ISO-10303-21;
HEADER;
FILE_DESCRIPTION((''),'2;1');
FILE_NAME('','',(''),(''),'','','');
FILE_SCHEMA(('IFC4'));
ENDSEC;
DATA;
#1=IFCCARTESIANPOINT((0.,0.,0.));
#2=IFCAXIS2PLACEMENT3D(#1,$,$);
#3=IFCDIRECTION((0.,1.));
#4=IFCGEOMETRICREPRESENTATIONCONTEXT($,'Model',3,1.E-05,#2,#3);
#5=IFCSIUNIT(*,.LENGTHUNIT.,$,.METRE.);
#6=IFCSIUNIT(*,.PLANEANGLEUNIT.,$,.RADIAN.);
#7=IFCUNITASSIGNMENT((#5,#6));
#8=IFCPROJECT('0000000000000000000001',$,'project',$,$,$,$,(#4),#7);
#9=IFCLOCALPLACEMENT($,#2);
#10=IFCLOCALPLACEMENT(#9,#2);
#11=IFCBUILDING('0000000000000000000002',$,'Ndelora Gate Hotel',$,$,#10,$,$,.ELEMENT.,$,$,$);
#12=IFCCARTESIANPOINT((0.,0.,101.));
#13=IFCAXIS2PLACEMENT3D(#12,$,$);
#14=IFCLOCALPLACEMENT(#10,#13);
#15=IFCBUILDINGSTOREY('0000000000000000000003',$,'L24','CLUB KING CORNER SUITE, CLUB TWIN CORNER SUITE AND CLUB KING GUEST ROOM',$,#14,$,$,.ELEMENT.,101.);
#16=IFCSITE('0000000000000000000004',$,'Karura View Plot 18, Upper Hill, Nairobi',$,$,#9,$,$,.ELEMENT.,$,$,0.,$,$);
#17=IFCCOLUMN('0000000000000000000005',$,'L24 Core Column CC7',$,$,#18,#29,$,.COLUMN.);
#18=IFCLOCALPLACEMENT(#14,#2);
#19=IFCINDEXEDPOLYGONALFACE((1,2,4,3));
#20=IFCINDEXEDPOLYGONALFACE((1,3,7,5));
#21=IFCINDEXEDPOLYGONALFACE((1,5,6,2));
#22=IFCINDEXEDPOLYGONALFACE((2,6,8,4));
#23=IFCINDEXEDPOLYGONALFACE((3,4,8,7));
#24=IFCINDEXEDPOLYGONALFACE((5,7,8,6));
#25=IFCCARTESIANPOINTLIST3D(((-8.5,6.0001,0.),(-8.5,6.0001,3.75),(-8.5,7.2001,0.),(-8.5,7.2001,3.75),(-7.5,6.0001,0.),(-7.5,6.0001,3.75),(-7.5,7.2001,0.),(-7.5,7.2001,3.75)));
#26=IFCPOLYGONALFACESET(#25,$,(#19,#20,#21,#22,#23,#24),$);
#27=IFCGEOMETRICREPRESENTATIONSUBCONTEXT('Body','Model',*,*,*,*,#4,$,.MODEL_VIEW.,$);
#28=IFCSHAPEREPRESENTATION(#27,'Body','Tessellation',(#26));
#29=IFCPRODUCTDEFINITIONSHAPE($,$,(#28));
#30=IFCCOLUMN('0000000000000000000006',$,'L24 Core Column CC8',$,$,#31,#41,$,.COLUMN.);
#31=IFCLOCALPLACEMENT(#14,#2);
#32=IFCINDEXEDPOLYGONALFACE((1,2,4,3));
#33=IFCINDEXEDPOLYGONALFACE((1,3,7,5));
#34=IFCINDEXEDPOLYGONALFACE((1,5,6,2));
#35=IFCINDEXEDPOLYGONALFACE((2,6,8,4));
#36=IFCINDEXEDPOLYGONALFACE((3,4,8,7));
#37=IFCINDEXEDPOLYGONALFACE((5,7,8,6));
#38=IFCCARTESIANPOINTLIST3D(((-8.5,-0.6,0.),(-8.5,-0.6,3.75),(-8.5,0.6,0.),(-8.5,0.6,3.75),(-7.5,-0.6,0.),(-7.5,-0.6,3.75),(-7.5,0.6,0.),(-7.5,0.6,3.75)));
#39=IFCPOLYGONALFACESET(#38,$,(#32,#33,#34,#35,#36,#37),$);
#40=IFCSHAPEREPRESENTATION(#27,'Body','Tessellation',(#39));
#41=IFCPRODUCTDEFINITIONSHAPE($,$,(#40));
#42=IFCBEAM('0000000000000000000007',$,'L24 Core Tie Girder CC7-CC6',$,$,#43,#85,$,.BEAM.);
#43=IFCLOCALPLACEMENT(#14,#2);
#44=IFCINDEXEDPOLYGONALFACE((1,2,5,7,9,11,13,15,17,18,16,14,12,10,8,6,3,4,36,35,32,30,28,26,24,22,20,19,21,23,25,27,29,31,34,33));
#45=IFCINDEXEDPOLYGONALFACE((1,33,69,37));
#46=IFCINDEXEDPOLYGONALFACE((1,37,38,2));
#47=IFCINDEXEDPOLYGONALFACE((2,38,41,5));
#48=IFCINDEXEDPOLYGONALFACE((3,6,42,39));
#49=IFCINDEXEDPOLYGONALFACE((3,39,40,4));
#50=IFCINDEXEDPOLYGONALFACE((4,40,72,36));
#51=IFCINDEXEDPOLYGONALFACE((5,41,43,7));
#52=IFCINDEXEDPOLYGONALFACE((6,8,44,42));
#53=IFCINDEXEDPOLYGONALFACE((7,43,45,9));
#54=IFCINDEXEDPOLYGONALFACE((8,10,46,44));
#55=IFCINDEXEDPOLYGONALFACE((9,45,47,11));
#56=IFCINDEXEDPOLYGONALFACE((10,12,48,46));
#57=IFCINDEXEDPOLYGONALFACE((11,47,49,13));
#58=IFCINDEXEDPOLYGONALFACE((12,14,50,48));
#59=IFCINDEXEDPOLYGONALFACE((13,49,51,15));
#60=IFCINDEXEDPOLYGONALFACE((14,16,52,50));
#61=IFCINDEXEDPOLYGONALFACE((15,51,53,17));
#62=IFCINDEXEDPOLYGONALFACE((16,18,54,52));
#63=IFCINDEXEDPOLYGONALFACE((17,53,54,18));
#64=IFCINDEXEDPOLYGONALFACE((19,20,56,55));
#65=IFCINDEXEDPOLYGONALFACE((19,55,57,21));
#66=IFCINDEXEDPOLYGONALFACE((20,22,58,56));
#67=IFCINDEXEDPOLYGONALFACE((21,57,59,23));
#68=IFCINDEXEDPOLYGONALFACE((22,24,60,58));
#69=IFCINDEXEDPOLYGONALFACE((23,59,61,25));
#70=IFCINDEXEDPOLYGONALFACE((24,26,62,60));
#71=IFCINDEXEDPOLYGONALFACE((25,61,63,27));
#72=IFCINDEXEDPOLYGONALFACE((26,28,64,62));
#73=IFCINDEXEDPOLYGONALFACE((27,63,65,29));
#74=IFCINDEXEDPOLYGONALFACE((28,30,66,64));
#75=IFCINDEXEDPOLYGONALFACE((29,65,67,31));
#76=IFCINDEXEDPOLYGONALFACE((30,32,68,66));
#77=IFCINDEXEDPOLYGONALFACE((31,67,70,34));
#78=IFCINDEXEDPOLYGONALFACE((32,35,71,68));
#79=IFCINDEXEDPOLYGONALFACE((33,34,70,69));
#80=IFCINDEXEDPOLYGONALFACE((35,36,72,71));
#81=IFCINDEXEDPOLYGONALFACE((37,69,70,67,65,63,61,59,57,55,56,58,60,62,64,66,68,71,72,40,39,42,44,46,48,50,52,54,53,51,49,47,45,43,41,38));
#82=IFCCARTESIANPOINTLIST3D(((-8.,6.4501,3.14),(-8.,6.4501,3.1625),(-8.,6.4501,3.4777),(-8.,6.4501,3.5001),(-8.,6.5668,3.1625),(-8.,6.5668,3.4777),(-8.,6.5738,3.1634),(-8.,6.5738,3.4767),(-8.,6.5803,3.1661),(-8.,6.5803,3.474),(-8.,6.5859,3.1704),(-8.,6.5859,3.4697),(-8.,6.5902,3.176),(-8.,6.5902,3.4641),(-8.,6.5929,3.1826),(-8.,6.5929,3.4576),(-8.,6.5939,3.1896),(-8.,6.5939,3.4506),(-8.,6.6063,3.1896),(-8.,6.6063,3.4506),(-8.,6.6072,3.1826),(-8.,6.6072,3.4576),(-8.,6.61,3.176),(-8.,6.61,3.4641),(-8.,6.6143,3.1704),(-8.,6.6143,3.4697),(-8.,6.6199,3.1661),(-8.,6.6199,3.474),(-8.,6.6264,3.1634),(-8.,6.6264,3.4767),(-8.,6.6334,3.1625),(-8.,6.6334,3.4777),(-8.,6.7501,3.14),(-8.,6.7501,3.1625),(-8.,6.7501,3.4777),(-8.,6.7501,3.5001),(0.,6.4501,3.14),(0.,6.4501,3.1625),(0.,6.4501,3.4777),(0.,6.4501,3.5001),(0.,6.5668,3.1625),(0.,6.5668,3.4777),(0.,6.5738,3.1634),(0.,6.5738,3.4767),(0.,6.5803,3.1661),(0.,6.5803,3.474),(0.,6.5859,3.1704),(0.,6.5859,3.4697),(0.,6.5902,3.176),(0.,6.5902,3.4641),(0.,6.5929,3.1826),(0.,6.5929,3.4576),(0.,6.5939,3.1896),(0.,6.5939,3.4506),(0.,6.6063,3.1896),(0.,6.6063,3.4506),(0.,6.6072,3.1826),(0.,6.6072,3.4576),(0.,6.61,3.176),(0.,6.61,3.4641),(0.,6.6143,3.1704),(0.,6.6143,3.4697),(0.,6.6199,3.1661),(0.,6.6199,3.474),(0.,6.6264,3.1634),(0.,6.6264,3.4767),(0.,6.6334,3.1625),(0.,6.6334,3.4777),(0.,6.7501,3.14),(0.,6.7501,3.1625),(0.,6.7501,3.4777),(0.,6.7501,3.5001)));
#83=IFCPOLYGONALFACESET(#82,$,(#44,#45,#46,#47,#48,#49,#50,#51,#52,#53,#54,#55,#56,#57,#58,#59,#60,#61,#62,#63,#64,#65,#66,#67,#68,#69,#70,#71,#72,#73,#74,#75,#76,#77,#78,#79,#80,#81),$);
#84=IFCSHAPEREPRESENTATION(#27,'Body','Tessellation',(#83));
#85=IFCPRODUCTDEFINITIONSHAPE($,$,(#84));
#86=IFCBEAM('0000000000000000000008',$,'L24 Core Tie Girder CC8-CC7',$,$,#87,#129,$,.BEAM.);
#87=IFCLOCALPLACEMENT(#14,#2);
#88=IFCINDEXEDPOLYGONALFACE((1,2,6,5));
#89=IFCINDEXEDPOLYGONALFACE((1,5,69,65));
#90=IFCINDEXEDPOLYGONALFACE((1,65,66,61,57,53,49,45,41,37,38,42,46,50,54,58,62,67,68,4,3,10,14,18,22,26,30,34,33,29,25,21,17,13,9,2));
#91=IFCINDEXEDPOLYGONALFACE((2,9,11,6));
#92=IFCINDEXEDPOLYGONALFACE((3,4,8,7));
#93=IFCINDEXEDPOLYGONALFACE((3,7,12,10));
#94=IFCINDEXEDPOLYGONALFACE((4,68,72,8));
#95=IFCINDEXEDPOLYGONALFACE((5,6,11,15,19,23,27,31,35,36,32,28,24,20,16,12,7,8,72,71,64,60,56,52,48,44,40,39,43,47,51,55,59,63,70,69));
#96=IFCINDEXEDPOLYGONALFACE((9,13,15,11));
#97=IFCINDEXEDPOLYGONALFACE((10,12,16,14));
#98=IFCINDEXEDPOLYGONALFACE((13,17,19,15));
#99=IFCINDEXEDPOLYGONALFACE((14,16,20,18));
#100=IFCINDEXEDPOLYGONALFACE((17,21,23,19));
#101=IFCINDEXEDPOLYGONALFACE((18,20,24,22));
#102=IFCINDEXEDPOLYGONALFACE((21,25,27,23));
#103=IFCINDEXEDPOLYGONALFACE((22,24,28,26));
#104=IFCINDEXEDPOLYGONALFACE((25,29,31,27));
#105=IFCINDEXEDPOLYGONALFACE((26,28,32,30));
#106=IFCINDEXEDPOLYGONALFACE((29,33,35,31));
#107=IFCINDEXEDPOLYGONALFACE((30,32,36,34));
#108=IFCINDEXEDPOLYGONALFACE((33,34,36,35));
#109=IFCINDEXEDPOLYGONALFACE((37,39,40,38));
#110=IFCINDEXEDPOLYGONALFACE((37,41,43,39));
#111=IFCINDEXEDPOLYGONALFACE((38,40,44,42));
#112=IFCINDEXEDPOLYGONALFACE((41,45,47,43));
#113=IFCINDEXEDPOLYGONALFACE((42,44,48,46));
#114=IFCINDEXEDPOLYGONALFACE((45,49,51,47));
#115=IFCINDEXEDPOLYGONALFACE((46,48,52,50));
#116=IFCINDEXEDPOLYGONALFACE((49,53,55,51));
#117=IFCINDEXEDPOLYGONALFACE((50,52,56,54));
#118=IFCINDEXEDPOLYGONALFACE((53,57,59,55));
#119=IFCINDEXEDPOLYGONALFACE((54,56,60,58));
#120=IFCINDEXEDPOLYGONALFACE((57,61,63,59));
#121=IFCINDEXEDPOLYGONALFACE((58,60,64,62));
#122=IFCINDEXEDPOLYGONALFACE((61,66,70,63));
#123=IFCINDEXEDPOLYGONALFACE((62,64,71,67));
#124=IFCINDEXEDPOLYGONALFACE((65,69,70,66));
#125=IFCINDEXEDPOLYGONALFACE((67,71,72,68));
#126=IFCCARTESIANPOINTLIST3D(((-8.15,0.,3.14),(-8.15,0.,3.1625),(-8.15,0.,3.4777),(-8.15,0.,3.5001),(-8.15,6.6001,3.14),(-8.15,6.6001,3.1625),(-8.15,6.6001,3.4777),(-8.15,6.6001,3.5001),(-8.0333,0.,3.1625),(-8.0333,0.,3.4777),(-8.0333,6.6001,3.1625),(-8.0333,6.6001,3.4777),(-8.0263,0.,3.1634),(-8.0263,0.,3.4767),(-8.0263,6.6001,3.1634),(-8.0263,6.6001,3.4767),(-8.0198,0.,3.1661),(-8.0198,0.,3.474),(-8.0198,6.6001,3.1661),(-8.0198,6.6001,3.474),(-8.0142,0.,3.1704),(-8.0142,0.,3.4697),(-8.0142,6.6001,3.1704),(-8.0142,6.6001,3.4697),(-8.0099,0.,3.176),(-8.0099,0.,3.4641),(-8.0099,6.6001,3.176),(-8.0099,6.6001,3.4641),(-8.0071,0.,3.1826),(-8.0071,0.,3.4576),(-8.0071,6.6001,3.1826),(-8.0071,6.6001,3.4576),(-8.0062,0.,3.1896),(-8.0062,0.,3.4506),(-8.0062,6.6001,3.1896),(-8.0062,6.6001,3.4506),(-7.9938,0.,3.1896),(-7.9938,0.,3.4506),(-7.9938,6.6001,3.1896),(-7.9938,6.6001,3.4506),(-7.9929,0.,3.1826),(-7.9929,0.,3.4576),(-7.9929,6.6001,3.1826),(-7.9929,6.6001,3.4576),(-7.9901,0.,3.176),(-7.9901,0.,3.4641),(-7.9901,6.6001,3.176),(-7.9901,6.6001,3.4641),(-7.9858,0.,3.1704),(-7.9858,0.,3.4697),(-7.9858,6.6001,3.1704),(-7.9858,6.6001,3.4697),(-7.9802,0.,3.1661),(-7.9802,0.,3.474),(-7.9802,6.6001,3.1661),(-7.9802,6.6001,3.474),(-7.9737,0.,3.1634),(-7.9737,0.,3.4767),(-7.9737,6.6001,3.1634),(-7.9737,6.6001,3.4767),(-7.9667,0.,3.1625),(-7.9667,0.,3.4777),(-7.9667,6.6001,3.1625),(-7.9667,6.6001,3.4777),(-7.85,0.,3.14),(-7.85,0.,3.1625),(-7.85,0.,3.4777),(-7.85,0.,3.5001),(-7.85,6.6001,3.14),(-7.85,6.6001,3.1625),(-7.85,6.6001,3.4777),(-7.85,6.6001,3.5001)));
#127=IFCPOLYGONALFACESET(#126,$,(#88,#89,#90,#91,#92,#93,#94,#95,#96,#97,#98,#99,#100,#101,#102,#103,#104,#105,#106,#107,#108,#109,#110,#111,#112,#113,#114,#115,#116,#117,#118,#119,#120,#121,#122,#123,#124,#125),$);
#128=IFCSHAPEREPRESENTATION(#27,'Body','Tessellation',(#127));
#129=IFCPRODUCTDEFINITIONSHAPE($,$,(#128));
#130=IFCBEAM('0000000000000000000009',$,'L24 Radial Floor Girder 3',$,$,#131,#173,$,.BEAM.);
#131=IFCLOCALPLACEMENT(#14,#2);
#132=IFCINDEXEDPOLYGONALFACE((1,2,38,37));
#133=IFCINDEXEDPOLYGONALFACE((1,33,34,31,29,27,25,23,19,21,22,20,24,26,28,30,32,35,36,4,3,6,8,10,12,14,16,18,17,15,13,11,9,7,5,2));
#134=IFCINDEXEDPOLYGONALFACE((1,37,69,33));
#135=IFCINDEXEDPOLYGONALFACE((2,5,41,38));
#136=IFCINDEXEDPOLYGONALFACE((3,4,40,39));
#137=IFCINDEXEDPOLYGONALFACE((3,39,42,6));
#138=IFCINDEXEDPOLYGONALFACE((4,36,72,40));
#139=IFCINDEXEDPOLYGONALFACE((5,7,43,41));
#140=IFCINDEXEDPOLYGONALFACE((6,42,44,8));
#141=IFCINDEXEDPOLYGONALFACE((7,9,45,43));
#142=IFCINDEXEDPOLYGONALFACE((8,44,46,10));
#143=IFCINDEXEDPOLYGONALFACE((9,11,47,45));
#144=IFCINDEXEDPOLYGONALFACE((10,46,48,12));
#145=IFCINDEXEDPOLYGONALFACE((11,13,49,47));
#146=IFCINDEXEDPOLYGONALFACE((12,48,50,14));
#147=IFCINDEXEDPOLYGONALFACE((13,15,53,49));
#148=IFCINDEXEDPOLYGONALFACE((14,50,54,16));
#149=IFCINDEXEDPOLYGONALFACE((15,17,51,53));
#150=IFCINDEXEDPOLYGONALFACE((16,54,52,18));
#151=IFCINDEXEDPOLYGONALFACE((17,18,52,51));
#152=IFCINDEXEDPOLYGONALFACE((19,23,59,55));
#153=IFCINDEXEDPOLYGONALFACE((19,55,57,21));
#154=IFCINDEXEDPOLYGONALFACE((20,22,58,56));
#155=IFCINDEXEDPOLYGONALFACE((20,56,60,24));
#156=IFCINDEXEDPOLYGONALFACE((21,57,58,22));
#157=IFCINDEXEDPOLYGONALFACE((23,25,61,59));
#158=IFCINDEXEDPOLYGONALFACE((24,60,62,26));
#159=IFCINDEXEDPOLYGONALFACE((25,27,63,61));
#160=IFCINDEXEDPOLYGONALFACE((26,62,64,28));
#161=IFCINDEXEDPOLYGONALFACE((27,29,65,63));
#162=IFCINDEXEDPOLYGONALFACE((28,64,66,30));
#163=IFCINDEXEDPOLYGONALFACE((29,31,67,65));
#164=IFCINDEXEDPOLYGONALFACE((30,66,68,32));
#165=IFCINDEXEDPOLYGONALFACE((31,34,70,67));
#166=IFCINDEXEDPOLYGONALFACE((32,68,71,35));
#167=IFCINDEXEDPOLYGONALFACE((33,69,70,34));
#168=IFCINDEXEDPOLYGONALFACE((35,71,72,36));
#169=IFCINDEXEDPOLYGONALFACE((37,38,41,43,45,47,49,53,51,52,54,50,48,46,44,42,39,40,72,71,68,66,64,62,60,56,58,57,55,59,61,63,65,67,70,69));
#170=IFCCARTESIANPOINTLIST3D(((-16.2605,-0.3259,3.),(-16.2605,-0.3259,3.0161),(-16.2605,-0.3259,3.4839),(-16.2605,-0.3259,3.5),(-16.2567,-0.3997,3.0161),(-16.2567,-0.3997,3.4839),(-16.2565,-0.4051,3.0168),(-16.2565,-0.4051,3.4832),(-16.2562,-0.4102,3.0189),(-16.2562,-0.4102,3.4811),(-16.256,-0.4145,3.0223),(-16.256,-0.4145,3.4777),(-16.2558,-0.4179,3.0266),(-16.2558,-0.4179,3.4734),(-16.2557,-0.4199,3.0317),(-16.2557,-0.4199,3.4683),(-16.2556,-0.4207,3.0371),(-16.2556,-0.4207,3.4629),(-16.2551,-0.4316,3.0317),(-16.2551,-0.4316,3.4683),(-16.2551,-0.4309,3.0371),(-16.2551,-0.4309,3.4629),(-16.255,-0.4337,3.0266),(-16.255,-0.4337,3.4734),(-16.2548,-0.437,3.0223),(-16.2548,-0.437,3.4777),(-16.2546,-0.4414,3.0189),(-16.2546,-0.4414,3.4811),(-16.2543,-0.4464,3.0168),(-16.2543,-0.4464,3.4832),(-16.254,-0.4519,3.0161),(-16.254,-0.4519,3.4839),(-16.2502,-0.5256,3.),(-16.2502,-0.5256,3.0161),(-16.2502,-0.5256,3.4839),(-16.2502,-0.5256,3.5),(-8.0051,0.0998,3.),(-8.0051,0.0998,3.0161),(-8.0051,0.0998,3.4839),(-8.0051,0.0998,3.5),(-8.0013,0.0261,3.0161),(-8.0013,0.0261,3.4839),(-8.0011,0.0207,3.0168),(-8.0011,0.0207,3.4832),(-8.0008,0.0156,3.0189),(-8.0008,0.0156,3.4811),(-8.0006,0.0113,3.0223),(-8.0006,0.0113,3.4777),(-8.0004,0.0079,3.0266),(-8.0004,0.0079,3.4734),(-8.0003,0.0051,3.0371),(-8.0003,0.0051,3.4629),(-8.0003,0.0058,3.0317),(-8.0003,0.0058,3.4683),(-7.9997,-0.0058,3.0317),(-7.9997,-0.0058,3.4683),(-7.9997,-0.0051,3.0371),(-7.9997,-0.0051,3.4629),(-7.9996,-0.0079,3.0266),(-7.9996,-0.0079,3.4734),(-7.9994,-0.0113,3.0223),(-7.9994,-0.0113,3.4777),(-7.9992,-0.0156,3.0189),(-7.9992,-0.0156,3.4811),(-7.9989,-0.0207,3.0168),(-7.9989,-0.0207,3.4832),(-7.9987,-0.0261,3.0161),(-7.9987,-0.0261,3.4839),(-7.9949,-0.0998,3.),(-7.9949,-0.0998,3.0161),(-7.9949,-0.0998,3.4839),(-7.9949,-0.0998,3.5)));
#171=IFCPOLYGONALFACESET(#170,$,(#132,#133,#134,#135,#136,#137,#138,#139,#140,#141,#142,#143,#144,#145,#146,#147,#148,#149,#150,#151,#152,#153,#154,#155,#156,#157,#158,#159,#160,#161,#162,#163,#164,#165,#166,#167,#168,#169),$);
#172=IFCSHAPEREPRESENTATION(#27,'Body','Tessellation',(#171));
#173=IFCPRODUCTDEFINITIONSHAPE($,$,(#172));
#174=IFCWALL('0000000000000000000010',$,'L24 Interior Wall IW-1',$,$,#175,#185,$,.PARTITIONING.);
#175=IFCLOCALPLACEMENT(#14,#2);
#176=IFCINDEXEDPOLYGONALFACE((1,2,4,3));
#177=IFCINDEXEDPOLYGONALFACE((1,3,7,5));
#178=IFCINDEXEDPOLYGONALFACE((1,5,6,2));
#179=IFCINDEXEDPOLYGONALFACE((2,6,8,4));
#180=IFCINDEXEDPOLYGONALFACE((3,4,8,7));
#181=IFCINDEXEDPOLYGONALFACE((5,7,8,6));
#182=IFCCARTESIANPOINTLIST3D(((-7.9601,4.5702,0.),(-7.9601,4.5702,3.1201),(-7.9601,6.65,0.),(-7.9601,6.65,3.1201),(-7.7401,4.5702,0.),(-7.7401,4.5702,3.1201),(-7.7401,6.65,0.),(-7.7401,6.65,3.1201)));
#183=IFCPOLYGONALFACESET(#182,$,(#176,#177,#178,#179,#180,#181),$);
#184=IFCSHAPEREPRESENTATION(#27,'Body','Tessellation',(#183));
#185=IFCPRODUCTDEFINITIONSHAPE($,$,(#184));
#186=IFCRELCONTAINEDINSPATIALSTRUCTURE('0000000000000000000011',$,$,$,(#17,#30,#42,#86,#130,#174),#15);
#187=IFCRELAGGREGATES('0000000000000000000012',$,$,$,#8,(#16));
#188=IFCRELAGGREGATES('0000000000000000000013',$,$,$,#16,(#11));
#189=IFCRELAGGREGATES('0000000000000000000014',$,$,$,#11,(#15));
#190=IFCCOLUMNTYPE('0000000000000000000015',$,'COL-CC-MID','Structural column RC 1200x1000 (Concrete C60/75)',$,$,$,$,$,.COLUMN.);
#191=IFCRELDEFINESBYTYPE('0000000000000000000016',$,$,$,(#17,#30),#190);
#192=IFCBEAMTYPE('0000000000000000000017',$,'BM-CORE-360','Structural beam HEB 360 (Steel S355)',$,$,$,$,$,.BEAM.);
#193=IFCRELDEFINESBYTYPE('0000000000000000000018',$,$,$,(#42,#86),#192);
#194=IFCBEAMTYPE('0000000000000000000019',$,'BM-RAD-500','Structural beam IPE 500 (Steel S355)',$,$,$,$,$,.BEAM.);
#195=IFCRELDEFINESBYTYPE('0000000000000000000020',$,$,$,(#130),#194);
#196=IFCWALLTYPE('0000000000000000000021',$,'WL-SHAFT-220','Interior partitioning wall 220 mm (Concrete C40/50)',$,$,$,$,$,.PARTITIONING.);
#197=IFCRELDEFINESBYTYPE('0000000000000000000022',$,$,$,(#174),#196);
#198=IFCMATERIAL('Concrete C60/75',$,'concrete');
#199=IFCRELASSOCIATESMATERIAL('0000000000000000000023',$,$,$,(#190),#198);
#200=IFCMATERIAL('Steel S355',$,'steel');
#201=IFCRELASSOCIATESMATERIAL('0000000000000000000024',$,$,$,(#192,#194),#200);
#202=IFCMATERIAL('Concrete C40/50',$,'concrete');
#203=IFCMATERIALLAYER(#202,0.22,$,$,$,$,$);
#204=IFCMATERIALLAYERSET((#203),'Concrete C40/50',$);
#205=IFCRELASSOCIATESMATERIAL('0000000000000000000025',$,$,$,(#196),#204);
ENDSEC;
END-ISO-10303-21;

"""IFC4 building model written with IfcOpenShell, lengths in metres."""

from ifc_helpers import new_model, si_unit, direction, frame, frame_2d, origin, origin_2d, place, context, subcontext, project, spatial, rectangle, i_section, extrude, material, layer, layer_set, material_profile, profile_set, type_object, element, save


model = new_model("IFC4")

# Units and contexts
model_context = context("Model", 3, precision=1e-05, world=origin(), true_north=direction((0.0, 1.0)))
body_context = subcontext(model_context, "Body", "Model", "MODEL_VIEW")
ifc_project = project(units=[si_unit("LENGTHUNIT", "METRE"), si_unit("PLANEANGLEUNIT", "RADIAN")], contexts=[model_context])

# Site, building, storey
site_placement = place(None, origin())
site = spatial("IfcSite", under=ifc_project, at=site_placement, Name="Karura View Plot 18, Upper Hill, Nairobi", CompositionType="ELEMENT", RefElevation=0.0)
building_placement = place(site_placement, origin())
building = spatial("IfcBuilding", under=site, at=building_placement, Name="Ndelora Gate Hotel", CompositionType="ELEMENT")
storey_placement = place(building_placement, frame((0.0, 0.0, 101.0)))
storey = spatial("IfcBuildingStorey", under=building, at=storey_placement, Name="L24", Description="CLUB KING CORNER SUITE, CLUB TWIN CORNER SUITE AND CLUB KING GUEST ROOM", CompositionType="ELEMENT", Elevation=101.0)

# Columns
ifc_material_1 = material(Name="Concrete C60/75", Category="concrete")
ifc_material_profile_1 = material_profile(ifc_material_1, rectangle(XDim=1.0, YDim=1.2, at=origin_2d()), Name="RC 1200x1000")
ifc_profile_set_1 = profile_set([ifc_material_profile_1], Name="Concrete C60/75")
column_type = type_object("IfcColumnType", Name="COL-CC-MID", Description="Structural column RC 1200x1000 (Concrete C60/75)", PredefinedType="COLUMN", material=ifc_profile_set_1)
for number, where, z_axis, x_axis, name in (
    (1, (-8.0, 6.6001, 0.0), (0.0, 0.0, 1.0), (1.0, 0.0, 0.0), "L24 Core Column CC7"),
    (2, (-8.0, 0.0, 0.0), (0.0, 0.0, 1.0), (1.0, 0.0, 0.0), "L24 Core Column CC8"),
):
    element("IfcColumn", number, at=place(storey_placement, frame(where, z_axis=z_axis, x_axis=x_axis)), inside=storey, type_object=column_type, Name=name, PredefinedType="COLUMN", context=body_context, shape_type="SweptSolid", body=[
        extrude(rectangle(XDim=1.0, YDim=1.2, at=origin_2d()), origin(), (0.0, 0.0, 1.0), 3.75),
    ])

# Beams
ifc_material_2 = material(Name="Steel S355", Category="steel")
ifc_material_profile_2 = material_profile(ifc_material_2, i_section(OverallWidth=0.3, OverallDepth=0.3601, WebThickness=0.0125, FlangeThickness=0.0225, FilletRadius=0.0271, at=origin_2d()), Name="HEB 360")
ifc_profile_set_2 = profile_set([ifc_material_profile_2], Name="Steel S355")
beam_type_1 = type_object("IfcBeamType", Name="BM-CORE-360", Description="Structural beam HEB 360 (Steel S355)", PredefinedType="BEAM", material=ifc_profile_set_2)
beam_1_placement = place(storey_placement, frame((-8.0, 6.6001, 3.3201), z_axis=(1.0, 0.0, 0.0), x_axis=(0.0, 1.0, 0.0)))
element("IfcBeam", 3, at=beam_1_placement, inside=storey, type_object=beam_type_1, Name="L24 Core Tie Girder CC7-CC6", PredefinedType="BEAM", context=body_context, shape_type="SweptSolid", body=[
    extrude(i_section(OverallWidth=0.3, OverallDepth=0.3601, WebThickness=0.0125, FlangeThickness=0.0225, FilletRadius=0.0271, at=origin_2d()), origin(), (0.0, 0.0, 1.0), 8.0),
])
beam_2_placement = place(storey_placement, frame((-8.0, 0.0, 3.3201), z_axis=(0.0, 1.0, 0.0), x_axis=(-1.0, 0.0, 0.0)))
element("IfcBeam", 4, at=beam_2_placement, inside=storey, type_object=beam_type_1, Name="L24 Core Tie Girder CC8-CC7", PredefinedType="BEAM", context=body_context, shape_type="SweptSolid", body=[
    extrude(i_section(OverallWidth=0.3, OverallDepth=0.3601, WebThickness=0.0125, FlangeThickness=0.0225, FilletRadius=0.0271, at=origin_2d()), origin(), (0.0, 0.0, 1.0), 6.6001),
])
ifc_material_profile_3 = material_profile(ifc_material_2, i_section(OverallWidth=0.2, OverallDepth=0.5, WebThickness=0.0103, FlangeThickness=0.0161, FilletRadius=0.021, at=origin_2d()), Name="IPE 500")
ifc_profile_set_3 = profile_set([ifc_material_profile_3], Name="Steel S355")
beam_type_2 = type_object("IfcBeamType", Name="BM-RAD-500", Description="Structural beam IPE 500 (Steel S355)", PredefinedType="BEAM", material=ifc_profile_set_3)
beam_3_placement = place(storey_placement, frame((-8.0, 0.0, 3.25), z_axis=(-0.998673, -0.051508, 0.0), x_axis=(0.051508, -0.998673, 0.0)))
element("IfcBeam", 5, at=beam_3_placement, inside=storey, type_object=beam_type_2, Name="L24 Radial Floor Girder 3", PredefinedType="BEAM", context=body_context, shape_type="SweptSolid", body=[
    extrude(i_section(OverallWidth=0.2, OverallDepth=0.5, WebThickness=0.0103, FlangeThickness=0.0161, FilletRadius=0.021, at=origin_2d()), origin(), (0.0, 0.0, 1.0), 8.2664),
])

# Shared definitions
ifc_material_3 = material(Name="Concrete C40/50", Category="concrete")
ifc_layer_1 = layer(ifc_material_3, 0.22)
ifc_layer_set_1 = layer_set([ifc_layer_1], Name="Concrete C40/50")
wall_type_1 = type_object("IfcWallType", Name="WL-SHAFT-220", Description="Interior partitioning wall 220 mm (Concrete C40/50)", PredefinedType="PARTITIONING", material=ifc_layer_set_1)

# Wall
wall_1_placement = place(storey_placement, frame((-7.8501, 4.5701, 0.0), z_axis=(0.0, 0.0, 1.0), x_axis=(0.0, 1.0, 0.0)))
element("IfcWall", 6, at=wall_1_placement, inside=storey, type_object=wall_type_1, Name="L24 Interior Wall IW-1", PredefinedType="PARTITIONING", context=body_context, shape_type="SweptSolid", body=[
    extrude(rectangle(XDim=2.0798, YDim=0.22, at=frame_2d((1.04, 0.0))), origin(), (0.0, 0.0, 1.0), 3.1201),
])

save(model, "model.ifc")
